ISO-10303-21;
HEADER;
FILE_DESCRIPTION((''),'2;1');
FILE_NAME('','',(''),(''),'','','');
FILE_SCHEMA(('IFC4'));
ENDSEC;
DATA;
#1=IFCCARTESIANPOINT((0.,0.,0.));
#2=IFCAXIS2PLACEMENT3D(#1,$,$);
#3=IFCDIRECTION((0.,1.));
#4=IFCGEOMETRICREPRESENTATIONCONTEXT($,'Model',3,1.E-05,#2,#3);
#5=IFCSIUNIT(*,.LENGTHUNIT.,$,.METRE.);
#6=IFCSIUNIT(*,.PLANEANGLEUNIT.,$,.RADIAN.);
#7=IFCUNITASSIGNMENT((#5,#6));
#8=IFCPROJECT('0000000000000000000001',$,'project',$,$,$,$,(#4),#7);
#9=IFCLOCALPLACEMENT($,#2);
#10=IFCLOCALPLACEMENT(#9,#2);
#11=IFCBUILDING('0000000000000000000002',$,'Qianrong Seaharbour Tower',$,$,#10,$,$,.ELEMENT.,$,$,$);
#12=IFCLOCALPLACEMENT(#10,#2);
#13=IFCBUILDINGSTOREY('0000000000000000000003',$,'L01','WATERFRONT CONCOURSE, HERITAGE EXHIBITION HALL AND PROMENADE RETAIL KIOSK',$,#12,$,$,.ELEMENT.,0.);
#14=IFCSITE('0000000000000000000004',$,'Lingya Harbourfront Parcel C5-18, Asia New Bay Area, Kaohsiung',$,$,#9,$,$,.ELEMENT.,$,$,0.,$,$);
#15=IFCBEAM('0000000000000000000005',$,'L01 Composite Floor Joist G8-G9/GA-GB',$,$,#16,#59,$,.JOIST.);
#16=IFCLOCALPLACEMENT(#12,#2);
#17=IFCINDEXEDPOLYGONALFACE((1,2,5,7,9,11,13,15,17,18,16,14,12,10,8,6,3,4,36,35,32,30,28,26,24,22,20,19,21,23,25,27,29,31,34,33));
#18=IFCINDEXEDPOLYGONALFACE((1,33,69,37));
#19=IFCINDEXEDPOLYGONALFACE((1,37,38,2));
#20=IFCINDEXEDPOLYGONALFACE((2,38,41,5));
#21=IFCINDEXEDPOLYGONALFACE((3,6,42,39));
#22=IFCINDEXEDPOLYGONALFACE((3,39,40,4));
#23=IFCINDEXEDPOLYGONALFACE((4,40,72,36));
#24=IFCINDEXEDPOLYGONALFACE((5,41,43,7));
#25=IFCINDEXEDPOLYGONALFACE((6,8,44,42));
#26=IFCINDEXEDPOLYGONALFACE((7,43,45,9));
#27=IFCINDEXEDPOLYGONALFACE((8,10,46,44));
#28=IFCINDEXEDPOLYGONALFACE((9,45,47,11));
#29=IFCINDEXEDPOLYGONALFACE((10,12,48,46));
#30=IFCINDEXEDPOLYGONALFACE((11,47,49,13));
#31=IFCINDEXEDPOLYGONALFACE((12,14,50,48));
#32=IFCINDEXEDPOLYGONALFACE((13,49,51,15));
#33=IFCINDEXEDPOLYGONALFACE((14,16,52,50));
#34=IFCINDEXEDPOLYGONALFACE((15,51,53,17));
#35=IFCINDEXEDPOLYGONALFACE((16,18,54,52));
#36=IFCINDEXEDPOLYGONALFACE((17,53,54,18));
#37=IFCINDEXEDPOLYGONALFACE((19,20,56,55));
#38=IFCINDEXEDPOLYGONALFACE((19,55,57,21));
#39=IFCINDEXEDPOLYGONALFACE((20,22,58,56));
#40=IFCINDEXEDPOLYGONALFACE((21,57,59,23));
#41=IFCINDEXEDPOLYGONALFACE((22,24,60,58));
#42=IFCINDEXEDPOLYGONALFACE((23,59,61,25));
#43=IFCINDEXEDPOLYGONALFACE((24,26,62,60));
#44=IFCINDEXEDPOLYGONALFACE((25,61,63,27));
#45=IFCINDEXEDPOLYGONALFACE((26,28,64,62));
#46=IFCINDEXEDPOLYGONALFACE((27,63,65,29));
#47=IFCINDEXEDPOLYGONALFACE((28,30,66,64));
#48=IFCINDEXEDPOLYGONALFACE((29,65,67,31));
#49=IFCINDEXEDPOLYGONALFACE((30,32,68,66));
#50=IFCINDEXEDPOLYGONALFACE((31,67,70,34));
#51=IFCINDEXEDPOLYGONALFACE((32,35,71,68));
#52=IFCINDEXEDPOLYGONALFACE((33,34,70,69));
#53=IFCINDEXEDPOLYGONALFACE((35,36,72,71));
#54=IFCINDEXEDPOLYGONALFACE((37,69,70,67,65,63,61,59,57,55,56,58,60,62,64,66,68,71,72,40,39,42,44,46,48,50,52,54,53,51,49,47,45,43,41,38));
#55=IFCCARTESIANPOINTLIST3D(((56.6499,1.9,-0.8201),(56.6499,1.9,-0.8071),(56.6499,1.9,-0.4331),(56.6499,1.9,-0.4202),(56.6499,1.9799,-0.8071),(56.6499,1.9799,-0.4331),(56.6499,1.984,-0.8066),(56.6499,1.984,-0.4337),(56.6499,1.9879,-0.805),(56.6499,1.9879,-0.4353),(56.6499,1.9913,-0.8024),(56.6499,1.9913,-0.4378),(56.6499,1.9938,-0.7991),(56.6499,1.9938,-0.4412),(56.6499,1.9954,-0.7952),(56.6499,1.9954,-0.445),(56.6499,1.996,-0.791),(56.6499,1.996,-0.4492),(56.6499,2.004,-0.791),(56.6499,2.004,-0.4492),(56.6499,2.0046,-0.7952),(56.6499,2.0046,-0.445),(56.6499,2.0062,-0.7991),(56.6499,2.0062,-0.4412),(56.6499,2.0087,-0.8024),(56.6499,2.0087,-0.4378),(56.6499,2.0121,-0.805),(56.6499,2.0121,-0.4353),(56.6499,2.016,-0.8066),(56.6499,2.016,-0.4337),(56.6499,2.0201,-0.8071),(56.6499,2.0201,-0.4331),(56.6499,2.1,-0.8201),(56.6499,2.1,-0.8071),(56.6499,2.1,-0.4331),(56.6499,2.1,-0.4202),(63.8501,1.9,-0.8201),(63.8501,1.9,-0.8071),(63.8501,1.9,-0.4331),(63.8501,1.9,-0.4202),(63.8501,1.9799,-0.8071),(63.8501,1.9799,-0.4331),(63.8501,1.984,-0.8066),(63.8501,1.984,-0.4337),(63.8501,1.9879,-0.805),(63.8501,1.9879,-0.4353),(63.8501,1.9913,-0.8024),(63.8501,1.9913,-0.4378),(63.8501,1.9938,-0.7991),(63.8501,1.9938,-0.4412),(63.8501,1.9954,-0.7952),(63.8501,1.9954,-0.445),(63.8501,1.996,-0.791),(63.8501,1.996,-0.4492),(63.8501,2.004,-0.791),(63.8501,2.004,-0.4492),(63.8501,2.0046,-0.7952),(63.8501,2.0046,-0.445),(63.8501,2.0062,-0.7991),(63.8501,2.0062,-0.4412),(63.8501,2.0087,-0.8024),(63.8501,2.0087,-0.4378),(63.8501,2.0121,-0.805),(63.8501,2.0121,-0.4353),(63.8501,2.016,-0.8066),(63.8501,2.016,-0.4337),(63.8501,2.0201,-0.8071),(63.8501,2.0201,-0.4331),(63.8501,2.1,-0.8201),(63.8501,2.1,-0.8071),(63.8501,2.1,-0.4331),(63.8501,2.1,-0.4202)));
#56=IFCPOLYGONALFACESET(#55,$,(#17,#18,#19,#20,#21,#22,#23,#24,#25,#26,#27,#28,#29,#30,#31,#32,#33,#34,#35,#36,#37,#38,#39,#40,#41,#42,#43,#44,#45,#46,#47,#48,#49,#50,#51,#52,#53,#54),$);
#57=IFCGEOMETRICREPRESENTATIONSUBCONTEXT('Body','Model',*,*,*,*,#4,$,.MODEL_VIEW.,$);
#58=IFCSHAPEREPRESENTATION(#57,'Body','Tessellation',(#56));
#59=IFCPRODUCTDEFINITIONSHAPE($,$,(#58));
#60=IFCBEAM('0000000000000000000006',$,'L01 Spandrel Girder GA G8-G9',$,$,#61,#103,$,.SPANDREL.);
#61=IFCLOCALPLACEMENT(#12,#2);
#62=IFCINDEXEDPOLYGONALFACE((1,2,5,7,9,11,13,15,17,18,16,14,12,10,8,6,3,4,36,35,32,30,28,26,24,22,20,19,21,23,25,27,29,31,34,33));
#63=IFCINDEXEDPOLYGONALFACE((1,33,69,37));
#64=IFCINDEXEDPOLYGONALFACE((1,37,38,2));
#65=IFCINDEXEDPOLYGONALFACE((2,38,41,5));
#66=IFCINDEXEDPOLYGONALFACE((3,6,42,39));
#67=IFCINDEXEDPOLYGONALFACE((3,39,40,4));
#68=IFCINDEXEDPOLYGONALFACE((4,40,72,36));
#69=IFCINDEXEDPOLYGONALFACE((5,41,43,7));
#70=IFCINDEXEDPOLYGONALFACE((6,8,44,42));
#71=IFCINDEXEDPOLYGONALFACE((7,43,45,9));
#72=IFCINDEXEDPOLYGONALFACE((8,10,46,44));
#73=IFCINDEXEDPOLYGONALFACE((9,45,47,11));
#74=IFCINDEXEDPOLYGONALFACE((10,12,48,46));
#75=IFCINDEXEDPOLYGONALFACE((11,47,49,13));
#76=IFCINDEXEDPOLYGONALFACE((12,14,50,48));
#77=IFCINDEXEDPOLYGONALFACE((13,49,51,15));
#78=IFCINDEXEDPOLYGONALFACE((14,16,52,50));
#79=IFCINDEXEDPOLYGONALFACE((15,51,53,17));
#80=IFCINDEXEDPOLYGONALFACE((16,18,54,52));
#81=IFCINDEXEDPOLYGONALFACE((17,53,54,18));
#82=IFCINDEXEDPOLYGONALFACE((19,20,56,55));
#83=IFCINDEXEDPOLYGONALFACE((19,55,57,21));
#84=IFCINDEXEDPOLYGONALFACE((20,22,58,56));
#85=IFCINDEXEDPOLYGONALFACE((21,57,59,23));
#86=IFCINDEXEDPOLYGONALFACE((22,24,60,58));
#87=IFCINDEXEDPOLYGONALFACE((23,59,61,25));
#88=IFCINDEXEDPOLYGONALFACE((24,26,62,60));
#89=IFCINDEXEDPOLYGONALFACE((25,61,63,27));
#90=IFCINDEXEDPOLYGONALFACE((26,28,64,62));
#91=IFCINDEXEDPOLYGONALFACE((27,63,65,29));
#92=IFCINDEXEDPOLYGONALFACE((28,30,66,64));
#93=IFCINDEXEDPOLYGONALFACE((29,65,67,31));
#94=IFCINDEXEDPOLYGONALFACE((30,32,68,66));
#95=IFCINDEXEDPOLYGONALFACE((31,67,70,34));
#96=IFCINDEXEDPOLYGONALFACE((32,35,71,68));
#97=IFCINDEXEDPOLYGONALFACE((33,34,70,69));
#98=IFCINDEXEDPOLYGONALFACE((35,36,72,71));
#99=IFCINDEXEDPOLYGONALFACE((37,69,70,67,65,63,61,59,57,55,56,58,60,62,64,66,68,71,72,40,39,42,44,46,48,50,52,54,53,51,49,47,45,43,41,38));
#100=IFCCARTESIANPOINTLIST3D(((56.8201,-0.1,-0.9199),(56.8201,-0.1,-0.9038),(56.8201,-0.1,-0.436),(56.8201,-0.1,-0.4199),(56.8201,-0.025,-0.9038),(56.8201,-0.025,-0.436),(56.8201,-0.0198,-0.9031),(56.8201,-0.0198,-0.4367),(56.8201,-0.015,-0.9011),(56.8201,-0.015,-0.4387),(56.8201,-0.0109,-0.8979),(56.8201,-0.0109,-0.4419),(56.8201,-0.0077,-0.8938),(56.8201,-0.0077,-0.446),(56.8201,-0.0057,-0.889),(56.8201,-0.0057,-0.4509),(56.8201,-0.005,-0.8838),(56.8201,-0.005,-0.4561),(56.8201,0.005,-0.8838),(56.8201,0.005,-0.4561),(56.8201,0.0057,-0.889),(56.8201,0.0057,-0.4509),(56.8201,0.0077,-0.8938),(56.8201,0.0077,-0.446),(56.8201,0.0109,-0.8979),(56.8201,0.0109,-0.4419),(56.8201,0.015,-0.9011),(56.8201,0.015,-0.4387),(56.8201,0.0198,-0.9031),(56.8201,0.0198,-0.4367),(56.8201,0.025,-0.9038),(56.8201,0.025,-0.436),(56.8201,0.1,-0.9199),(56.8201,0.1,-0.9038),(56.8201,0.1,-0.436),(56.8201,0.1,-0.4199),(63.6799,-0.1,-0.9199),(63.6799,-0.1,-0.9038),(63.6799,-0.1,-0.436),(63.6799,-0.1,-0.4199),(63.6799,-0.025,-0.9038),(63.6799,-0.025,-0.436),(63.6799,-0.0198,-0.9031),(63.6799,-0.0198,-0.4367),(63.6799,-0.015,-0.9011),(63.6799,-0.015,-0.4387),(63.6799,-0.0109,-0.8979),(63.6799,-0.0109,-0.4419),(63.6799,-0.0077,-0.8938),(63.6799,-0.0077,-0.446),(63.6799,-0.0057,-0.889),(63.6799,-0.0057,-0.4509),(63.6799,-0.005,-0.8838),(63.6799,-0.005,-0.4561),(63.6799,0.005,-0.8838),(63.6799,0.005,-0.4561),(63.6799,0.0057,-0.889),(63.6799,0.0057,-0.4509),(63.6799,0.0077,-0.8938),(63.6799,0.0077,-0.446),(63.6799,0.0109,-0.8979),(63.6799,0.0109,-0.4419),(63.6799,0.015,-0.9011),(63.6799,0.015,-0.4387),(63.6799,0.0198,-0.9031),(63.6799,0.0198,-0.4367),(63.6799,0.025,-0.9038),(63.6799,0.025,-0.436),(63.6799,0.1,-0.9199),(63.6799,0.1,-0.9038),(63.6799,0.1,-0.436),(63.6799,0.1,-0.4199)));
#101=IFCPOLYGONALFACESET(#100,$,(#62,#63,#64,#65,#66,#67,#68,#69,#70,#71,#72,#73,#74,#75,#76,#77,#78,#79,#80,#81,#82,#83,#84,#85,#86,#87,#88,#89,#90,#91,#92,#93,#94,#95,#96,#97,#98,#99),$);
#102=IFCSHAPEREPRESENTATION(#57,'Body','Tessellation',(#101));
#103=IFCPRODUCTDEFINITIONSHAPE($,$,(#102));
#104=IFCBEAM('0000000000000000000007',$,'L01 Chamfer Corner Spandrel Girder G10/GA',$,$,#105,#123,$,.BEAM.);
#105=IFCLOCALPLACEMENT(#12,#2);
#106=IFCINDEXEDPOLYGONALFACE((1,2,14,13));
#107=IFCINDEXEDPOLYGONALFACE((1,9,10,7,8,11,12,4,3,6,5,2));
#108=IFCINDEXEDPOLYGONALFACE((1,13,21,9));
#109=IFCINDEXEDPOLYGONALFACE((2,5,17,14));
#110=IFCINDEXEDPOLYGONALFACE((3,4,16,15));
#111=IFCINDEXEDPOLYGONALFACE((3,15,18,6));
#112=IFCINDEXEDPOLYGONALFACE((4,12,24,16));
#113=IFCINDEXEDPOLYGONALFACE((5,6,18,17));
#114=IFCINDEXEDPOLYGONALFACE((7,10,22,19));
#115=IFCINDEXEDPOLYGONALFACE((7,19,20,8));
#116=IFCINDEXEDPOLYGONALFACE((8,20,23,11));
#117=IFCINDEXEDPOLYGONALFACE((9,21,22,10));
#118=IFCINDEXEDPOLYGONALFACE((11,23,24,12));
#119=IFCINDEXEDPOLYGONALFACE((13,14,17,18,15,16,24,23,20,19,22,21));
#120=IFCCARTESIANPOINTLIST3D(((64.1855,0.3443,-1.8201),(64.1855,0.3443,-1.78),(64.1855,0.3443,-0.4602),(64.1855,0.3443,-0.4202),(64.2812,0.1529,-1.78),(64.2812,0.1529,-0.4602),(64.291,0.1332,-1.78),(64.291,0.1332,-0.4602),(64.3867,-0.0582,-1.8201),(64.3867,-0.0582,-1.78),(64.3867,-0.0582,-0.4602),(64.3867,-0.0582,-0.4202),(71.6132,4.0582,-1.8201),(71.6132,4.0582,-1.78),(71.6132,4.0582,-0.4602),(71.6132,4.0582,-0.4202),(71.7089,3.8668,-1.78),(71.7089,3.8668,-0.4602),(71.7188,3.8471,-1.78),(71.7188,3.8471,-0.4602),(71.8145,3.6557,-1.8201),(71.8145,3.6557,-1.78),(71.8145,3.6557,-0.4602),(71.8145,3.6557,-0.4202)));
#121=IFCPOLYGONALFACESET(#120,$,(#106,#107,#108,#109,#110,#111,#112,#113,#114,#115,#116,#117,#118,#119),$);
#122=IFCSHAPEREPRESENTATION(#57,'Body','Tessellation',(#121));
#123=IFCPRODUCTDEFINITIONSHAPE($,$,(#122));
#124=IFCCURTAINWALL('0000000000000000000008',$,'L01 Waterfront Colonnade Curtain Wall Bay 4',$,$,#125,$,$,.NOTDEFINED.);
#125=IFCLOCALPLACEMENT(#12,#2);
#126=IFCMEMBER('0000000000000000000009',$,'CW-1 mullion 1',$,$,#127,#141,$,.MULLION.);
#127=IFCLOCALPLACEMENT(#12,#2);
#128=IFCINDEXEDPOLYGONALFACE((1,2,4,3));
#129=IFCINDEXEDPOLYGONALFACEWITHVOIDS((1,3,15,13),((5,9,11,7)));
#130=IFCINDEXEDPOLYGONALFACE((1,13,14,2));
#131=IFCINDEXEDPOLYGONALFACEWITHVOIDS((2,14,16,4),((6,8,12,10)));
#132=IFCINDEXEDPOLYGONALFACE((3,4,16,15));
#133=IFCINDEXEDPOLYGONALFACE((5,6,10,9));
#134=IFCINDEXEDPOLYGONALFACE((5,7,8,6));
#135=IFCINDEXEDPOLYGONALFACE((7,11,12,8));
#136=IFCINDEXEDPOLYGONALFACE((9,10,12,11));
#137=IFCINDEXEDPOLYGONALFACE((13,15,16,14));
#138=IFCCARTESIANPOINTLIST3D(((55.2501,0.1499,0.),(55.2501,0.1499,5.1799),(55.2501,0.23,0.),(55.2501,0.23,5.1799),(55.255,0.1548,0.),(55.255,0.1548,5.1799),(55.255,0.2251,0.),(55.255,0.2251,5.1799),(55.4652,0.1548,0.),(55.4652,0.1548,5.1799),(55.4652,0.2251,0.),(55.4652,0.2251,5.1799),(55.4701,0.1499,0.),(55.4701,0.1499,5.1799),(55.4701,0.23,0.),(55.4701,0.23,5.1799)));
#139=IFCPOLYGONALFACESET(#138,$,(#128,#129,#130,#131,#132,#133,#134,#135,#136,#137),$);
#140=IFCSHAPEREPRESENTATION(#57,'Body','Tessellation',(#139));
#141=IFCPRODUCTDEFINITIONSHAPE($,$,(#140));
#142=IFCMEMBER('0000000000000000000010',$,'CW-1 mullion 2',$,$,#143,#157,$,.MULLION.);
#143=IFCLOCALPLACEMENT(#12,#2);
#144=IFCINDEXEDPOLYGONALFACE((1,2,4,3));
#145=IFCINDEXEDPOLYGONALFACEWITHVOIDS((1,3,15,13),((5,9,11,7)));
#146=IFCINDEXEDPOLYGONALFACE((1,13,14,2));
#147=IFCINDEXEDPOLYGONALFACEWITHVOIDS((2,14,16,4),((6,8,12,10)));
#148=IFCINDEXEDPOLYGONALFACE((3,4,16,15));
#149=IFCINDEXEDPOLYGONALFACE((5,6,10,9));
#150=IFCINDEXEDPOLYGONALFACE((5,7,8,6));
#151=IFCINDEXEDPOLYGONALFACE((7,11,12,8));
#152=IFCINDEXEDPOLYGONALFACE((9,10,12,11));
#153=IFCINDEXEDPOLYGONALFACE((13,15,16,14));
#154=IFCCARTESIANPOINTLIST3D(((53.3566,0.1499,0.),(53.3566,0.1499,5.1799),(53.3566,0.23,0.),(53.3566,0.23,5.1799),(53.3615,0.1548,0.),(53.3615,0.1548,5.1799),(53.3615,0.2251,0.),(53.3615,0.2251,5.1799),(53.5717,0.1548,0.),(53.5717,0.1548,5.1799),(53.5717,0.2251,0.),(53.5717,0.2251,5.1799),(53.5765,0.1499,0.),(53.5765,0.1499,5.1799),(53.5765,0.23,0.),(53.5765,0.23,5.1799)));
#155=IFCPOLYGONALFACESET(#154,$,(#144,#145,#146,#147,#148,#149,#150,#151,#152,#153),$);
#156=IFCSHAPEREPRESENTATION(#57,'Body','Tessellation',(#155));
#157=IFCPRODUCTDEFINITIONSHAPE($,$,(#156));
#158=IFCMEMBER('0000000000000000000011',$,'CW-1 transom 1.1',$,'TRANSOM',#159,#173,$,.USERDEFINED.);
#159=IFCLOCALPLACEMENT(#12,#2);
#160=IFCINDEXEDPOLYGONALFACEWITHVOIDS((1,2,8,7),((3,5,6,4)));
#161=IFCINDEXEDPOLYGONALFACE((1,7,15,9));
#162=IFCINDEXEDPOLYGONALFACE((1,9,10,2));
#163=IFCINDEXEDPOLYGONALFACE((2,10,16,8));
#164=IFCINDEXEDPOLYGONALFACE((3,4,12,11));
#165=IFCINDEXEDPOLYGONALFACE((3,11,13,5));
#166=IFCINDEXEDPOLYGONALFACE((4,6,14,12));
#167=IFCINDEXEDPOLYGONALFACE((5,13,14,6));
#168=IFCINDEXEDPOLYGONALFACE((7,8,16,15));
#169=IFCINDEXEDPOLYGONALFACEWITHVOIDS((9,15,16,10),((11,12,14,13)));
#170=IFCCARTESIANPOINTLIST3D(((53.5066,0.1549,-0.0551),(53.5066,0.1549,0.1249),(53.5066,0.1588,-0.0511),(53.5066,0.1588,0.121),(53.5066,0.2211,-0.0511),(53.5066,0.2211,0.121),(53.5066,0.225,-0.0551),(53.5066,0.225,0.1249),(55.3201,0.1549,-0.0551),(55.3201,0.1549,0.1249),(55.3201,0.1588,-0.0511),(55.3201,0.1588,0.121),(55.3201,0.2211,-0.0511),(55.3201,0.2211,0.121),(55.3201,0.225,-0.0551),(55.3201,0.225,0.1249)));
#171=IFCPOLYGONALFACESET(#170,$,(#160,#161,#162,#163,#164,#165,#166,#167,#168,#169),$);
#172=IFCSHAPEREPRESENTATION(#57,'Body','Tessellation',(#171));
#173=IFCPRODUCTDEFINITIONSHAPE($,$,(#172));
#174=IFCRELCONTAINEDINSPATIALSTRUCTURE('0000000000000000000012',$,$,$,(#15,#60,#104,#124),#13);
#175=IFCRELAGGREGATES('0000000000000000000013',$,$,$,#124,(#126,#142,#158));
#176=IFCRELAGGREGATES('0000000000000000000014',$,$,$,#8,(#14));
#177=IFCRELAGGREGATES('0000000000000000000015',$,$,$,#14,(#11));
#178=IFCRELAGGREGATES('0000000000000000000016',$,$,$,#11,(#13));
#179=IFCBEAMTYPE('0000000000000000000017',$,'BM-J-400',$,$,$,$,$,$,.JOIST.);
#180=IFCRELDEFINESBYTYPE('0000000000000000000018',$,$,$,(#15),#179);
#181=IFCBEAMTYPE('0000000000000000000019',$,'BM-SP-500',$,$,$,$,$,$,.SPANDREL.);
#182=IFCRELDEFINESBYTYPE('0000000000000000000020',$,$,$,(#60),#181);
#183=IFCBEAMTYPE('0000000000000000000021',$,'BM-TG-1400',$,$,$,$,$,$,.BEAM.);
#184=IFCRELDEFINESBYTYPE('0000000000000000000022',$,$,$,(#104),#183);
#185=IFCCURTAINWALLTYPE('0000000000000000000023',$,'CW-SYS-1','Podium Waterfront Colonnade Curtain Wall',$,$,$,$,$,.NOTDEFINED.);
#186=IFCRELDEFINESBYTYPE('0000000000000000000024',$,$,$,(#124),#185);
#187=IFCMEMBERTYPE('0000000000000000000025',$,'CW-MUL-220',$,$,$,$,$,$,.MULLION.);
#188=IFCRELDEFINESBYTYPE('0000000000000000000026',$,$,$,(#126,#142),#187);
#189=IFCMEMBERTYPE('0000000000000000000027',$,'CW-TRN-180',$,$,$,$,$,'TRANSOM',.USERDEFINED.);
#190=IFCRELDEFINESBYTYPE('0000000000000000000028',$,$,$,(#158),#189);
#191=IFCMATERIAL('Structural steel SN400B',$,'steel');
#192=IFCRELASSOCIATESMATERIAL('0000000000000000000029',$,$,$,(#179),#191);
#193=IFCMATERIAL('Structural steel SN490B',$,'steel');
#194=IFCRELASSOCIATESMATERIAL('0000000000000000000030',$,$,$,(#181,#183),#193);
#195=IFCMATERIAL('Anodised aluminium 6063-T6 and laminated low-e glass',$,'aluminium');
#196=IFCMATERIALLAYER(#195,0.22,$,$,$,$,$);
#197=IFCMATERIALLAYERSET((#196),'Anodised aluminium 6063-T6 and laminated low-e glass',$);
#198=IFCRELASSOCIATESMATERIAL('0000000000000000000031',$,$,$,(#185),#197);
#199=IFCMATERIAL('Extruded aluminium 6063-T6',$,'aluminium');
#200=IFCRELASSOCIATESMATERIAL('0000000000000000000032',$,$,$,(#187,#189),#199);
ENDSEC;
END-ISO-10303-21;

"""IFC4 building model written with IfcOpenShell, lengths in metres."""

from ifc_helpers import new_model, si_unit, direction, frame, origin, origin_2d, place, context, subcontext, project, spatial, hollow_rectangle, i_section, extrude, material, layer, layer_set, material_profile, profile_set, type_object, element, aggregate, save


model = new_model("IFC4")

# Units and contexts
model_context = context("Model", 3, precision=1e-05, world=origin(), true_north=direction((0.0, 1.0)))
body_context = subcontext(model_context, "Body", "Model", "MODEL_VIEW")
ifc_project = project(units=[si_unit("LENGTHUNIT", "METRE"), si_unit("PLANEANGLEUNIT", "RADIAN")], contexts=[model_context])

# Site, building, storey
site_placement = place(None, origin())
site = spatial("IfcSite", under=ifc_project, at=site_placement, Name="Lingya Harbourfront Parcel C5-18, Asia New Bay Area, Kaohsiung", CompositionType="ELEMENT", RefElevation=0.0)
building_placement = place(site_placement, origin())
building = spatial("IfcBuilding", under=site, at=building_placement, Name="Qianrong Seaharbour Tower", CompositionType="ELEMENT")
storey_placement = place(building_placement, origin())
storey = spatial("IfcBuildingStorey", under=building, at=storey_placement, Name="L01", Description="WATERFRONT CONCOURSE, HERITAGE EXHIBITION HALL AND PROMENADE RETAIL KIOSK", CompositionType="ELEMENT", Elevation=0.0)

# Beams
ifc_material_1 = material(Name="Structural steel SN490B", Category="steel")
ifc_material_2 = material(Name="Structural steel SN400B", Category="steel")
ifc_material_profile_1 = material_profile(ifc_material_2, i_section(OverallWidth=0.2, OverallDepth=0.3999, WebThickness=0.0081, FlangeThickness=0.0129, FilletRadius=0.0161, at=origin_2d()), Name="H400x200x8x13")
ifc_profile_set_1 = profile_set([ifc_material_profile_1], Name="Structural steel SN400B")
beam_type_1 = type_object("IfcBeamType", Name="BM-J-400", PredefinedType="JOIST", material=ifc_profile_set_1)
beam_1_placement = place(storey_placement, frame((56.6499, 2.0, -0.6201), z_axis=(1.0, 0.0, 0.0), x_axis=(0.0, 1.0, 0.0)))
element("IfcBeam", 1, at=beam_1_placement, inside=storey, type_object=beam_type_1, Name="L01 Composite Floor Joist G8-G9/GA-GB", PredefinedType="JOIST", context=body_context, shape_type="SweptSolid", body=[
    extrude(i_section(OverallWidth=0.2, OverallDepth=0.3999, WebThickness=0.0081, FlangeThickness=0.0129, FilletRadius=0.0161, at=origin_2d()), origin(), (0.0, 0.0, 1.0), 7.2002),
])
ifc_material_profile_2 = material_profile(ifc_material_1, i_section(OverallWidth=0.2, OverallDepth=0.5, WebThickness=0.01, FlangeThickness=0.0161, FilletRadius=0.02, at=origin_2d()), Name="H500x200x10x16")
ifc_profile_set_2 = profile_set([ifc_material_profile_2], Name="Structural steel SN490B")
beam_type_2 = type_object("IfcBeamType", Name="BM-SP-500", PredefinedType="SPANDREL", material=ifc_profile_set_2)
beam_2_placement = place(storey_placement, frame((56.8201, 0.0, -0.6699), z_axis=(1.0, 0.0, 0.0), x_axis=(0.0, 1.0, 0.0)))
element("IfcBeam", 2, at=beam_2_placement, inside=storey, type_object=beam_type_2, Name="L01 Spandrel Girder GA G8-G9", PredefinedType="SPANDREL", context=body_context, shape_type="SweptSolid", body=[
    extrude(i_section(OverallWidth=0.2, OverallDepth=0.5, WebThickness=0.01, FlangeThickness=0.0161, FilletRadius=0.02, at=origin_2d()), origin(), (0.0, 0.0, 1.0), 6.8599),
])
ifc_material_profile_3 = material_profile(ifc_material_1, i_section(OverallWidth=0.45, OverallDepth=1.3999, WebThickness=0.022, FlangeThickness=0.04, at=origin_2d()), Name="BH1400x450x22x40")
ifc_profile_set_3 = profile_set([ifc_material_profile_3], Name="Structural steel SN490B")
beam_type_3 = type_object("IfcBeamType", Name="BM-TG-1400", PredefinedType="BEAM", material=ifc_profile_set_3)
beam_3_placement = place(storey_placement, frame((64.2861, 0.1431, -1.1201), z_axis=(0.894427, 0.447214, 0.0), x_axis=(-0.447214, 0.894427, 0.0)))
element("IfcBeam", 3, at=beam_3_placement, inside=storey, type_object=beam_type_3, Name="L01 Chamfer Corner Spandrel Girder G10/GA", PredefinedType="BEAM", context=body_context, shape_type="SweptSolid", body=[
    extrude(i_section(OverallWidth=0.45, OverallDepth=1.3999, WebThickness=0.022, FlangeThickness=0.04, at=origin_2d()), origin(), (0.0, 0.0, 1.0), 8.3044),
])

# Curtain wall, members
ifc_material_3 = material(Name="Anodised aluminium 6063-T6 and laminated low-e glass", Category="aluminium")
ifc_layer_1 = layer(ifc_material_3, 0.22)
ifc_layer_set_1 = layer_set([ifc_layer_1], Name="Anodised aluminium 6063-T6 and laminated low-e glass")
curtain_wall_type = type_object("IfcCurtainWallType", Name="CW-SYS-1", Description="Podium Waterfront Colonnade Curtain Wall", PredefinedType="NOTDEFINED", material=ifc_layer_set_1)
curtain_wall_placement = place(storey_placement, origin())
curtain_wall = element("IfcCurtainWall", 4, at=curtain_wall_placement, inside=storey, type_object=curtain_wall_type, Name="L01 Waterfront Colonnade Curtain Wall Bay 4", PredefinedType="NOTDEFINED")
ifc_material_4 = material(Name="Extruded aluminium 6063-T6", Category="aluminium")
ifc_material_profile_4 = material_profile(ifc_material_4, hollow_rectangle(XDim=0.0801, YDim=0.22, WallThickness=0.0049, at=origin_2d()), Name="ALU-MUL-220x80x5")
ifc_profile_set_4 = profile_set([ifc_material_profile_4], Name="Extruded aluminium 6063-T6")
member_type_1 = type_object("IfcMemberType", Name="CW-MUL-220", PredefinedType="MULLION", material=ifc_profile_set_4)
member_1_placement = place(storey_placement, frame((55.3601, 0.1899, 0.0), z_axis=(0.0, 0.0, 1.0), x_axis=(0.0, -1.0, 0.0)))
member_1 = element("IfcMember", 5, at=member_1_placement, type_object=member_type_1, Name="CW-1 mullion 1", PredefinedType="MULLION", context=body_context, shape_type="SweptSolid", body=[
    extrude(hollow_rectangle(XDim=0.0801, YDim=0.22, WallThickness=0.0049, at=origin_2d()), origin(), (0.0, 0.0, 1.0), 5.1799),
])
member_2_placement = place(storey_placement, frame((53.4666, 0.1899, 0.0), z_axis=(0.0, 0.0, 1.0), x_axis=(0.0, -1.0, 0.0)))
member_2 = element("IfcMember", 6, at=member_2_placement, type_object=member_type_1, Name="CW-1 mullion 2", PredefinedType="MULLION", context=body_context, shape_type="SweptSolid", body=[
    extrude(hollow_rectangle(XDim=0.0801, YDim=0.22, WallThickness=0.0049, at=origin_2d()), origin(), (0.0, 0.0, 1.0), 5.1799),
])
ifc_material_profile_5 = material_profile(ifc_material_4, hollow_rectangle(XDim=0.0701, YDim=0.1799, WallThickness=0.0039, at=origin_2d()), Name="ALU-TRN-180x70x4")
ifc_profile_set_5 = profile_set([ifc_material_profile_5], Name="Extruded aluminium 6063-T6")
member_type_2 = type_object("IfcMemberType", Name="CW-TRN-180", ElementType="TRANSOM", PredefinedType="USERDEFINED", material=ifc_profile_set_5)
member_3_placement = place(storey_placement, frame((55.3201, 0.1899, 0.0349), z_axis=(-1.0, 0.0, 0.0), x_axis=(0.0, -1.0, 0.0)))
member_3 = element("IfcMember", 7, at=member_3_placement, type_object=member_type_2, Name="CW-1 transom 1.1", ObjectType="TRANSOM", PredefinedType="USERDEFINED", context=body_context, shape_type="SweptSolid", body=[
    extrude(hollow_rectangle(XDim=0.0701, YDim=0.1799, WallThickness=0.0039, at=origin_2d()), origin(), (0.0, 0.0, 1.0), 1.8135),
])

aggregate(curtain_wall, [member_1, member_2, member_3])

save(model, "model.ifc")
